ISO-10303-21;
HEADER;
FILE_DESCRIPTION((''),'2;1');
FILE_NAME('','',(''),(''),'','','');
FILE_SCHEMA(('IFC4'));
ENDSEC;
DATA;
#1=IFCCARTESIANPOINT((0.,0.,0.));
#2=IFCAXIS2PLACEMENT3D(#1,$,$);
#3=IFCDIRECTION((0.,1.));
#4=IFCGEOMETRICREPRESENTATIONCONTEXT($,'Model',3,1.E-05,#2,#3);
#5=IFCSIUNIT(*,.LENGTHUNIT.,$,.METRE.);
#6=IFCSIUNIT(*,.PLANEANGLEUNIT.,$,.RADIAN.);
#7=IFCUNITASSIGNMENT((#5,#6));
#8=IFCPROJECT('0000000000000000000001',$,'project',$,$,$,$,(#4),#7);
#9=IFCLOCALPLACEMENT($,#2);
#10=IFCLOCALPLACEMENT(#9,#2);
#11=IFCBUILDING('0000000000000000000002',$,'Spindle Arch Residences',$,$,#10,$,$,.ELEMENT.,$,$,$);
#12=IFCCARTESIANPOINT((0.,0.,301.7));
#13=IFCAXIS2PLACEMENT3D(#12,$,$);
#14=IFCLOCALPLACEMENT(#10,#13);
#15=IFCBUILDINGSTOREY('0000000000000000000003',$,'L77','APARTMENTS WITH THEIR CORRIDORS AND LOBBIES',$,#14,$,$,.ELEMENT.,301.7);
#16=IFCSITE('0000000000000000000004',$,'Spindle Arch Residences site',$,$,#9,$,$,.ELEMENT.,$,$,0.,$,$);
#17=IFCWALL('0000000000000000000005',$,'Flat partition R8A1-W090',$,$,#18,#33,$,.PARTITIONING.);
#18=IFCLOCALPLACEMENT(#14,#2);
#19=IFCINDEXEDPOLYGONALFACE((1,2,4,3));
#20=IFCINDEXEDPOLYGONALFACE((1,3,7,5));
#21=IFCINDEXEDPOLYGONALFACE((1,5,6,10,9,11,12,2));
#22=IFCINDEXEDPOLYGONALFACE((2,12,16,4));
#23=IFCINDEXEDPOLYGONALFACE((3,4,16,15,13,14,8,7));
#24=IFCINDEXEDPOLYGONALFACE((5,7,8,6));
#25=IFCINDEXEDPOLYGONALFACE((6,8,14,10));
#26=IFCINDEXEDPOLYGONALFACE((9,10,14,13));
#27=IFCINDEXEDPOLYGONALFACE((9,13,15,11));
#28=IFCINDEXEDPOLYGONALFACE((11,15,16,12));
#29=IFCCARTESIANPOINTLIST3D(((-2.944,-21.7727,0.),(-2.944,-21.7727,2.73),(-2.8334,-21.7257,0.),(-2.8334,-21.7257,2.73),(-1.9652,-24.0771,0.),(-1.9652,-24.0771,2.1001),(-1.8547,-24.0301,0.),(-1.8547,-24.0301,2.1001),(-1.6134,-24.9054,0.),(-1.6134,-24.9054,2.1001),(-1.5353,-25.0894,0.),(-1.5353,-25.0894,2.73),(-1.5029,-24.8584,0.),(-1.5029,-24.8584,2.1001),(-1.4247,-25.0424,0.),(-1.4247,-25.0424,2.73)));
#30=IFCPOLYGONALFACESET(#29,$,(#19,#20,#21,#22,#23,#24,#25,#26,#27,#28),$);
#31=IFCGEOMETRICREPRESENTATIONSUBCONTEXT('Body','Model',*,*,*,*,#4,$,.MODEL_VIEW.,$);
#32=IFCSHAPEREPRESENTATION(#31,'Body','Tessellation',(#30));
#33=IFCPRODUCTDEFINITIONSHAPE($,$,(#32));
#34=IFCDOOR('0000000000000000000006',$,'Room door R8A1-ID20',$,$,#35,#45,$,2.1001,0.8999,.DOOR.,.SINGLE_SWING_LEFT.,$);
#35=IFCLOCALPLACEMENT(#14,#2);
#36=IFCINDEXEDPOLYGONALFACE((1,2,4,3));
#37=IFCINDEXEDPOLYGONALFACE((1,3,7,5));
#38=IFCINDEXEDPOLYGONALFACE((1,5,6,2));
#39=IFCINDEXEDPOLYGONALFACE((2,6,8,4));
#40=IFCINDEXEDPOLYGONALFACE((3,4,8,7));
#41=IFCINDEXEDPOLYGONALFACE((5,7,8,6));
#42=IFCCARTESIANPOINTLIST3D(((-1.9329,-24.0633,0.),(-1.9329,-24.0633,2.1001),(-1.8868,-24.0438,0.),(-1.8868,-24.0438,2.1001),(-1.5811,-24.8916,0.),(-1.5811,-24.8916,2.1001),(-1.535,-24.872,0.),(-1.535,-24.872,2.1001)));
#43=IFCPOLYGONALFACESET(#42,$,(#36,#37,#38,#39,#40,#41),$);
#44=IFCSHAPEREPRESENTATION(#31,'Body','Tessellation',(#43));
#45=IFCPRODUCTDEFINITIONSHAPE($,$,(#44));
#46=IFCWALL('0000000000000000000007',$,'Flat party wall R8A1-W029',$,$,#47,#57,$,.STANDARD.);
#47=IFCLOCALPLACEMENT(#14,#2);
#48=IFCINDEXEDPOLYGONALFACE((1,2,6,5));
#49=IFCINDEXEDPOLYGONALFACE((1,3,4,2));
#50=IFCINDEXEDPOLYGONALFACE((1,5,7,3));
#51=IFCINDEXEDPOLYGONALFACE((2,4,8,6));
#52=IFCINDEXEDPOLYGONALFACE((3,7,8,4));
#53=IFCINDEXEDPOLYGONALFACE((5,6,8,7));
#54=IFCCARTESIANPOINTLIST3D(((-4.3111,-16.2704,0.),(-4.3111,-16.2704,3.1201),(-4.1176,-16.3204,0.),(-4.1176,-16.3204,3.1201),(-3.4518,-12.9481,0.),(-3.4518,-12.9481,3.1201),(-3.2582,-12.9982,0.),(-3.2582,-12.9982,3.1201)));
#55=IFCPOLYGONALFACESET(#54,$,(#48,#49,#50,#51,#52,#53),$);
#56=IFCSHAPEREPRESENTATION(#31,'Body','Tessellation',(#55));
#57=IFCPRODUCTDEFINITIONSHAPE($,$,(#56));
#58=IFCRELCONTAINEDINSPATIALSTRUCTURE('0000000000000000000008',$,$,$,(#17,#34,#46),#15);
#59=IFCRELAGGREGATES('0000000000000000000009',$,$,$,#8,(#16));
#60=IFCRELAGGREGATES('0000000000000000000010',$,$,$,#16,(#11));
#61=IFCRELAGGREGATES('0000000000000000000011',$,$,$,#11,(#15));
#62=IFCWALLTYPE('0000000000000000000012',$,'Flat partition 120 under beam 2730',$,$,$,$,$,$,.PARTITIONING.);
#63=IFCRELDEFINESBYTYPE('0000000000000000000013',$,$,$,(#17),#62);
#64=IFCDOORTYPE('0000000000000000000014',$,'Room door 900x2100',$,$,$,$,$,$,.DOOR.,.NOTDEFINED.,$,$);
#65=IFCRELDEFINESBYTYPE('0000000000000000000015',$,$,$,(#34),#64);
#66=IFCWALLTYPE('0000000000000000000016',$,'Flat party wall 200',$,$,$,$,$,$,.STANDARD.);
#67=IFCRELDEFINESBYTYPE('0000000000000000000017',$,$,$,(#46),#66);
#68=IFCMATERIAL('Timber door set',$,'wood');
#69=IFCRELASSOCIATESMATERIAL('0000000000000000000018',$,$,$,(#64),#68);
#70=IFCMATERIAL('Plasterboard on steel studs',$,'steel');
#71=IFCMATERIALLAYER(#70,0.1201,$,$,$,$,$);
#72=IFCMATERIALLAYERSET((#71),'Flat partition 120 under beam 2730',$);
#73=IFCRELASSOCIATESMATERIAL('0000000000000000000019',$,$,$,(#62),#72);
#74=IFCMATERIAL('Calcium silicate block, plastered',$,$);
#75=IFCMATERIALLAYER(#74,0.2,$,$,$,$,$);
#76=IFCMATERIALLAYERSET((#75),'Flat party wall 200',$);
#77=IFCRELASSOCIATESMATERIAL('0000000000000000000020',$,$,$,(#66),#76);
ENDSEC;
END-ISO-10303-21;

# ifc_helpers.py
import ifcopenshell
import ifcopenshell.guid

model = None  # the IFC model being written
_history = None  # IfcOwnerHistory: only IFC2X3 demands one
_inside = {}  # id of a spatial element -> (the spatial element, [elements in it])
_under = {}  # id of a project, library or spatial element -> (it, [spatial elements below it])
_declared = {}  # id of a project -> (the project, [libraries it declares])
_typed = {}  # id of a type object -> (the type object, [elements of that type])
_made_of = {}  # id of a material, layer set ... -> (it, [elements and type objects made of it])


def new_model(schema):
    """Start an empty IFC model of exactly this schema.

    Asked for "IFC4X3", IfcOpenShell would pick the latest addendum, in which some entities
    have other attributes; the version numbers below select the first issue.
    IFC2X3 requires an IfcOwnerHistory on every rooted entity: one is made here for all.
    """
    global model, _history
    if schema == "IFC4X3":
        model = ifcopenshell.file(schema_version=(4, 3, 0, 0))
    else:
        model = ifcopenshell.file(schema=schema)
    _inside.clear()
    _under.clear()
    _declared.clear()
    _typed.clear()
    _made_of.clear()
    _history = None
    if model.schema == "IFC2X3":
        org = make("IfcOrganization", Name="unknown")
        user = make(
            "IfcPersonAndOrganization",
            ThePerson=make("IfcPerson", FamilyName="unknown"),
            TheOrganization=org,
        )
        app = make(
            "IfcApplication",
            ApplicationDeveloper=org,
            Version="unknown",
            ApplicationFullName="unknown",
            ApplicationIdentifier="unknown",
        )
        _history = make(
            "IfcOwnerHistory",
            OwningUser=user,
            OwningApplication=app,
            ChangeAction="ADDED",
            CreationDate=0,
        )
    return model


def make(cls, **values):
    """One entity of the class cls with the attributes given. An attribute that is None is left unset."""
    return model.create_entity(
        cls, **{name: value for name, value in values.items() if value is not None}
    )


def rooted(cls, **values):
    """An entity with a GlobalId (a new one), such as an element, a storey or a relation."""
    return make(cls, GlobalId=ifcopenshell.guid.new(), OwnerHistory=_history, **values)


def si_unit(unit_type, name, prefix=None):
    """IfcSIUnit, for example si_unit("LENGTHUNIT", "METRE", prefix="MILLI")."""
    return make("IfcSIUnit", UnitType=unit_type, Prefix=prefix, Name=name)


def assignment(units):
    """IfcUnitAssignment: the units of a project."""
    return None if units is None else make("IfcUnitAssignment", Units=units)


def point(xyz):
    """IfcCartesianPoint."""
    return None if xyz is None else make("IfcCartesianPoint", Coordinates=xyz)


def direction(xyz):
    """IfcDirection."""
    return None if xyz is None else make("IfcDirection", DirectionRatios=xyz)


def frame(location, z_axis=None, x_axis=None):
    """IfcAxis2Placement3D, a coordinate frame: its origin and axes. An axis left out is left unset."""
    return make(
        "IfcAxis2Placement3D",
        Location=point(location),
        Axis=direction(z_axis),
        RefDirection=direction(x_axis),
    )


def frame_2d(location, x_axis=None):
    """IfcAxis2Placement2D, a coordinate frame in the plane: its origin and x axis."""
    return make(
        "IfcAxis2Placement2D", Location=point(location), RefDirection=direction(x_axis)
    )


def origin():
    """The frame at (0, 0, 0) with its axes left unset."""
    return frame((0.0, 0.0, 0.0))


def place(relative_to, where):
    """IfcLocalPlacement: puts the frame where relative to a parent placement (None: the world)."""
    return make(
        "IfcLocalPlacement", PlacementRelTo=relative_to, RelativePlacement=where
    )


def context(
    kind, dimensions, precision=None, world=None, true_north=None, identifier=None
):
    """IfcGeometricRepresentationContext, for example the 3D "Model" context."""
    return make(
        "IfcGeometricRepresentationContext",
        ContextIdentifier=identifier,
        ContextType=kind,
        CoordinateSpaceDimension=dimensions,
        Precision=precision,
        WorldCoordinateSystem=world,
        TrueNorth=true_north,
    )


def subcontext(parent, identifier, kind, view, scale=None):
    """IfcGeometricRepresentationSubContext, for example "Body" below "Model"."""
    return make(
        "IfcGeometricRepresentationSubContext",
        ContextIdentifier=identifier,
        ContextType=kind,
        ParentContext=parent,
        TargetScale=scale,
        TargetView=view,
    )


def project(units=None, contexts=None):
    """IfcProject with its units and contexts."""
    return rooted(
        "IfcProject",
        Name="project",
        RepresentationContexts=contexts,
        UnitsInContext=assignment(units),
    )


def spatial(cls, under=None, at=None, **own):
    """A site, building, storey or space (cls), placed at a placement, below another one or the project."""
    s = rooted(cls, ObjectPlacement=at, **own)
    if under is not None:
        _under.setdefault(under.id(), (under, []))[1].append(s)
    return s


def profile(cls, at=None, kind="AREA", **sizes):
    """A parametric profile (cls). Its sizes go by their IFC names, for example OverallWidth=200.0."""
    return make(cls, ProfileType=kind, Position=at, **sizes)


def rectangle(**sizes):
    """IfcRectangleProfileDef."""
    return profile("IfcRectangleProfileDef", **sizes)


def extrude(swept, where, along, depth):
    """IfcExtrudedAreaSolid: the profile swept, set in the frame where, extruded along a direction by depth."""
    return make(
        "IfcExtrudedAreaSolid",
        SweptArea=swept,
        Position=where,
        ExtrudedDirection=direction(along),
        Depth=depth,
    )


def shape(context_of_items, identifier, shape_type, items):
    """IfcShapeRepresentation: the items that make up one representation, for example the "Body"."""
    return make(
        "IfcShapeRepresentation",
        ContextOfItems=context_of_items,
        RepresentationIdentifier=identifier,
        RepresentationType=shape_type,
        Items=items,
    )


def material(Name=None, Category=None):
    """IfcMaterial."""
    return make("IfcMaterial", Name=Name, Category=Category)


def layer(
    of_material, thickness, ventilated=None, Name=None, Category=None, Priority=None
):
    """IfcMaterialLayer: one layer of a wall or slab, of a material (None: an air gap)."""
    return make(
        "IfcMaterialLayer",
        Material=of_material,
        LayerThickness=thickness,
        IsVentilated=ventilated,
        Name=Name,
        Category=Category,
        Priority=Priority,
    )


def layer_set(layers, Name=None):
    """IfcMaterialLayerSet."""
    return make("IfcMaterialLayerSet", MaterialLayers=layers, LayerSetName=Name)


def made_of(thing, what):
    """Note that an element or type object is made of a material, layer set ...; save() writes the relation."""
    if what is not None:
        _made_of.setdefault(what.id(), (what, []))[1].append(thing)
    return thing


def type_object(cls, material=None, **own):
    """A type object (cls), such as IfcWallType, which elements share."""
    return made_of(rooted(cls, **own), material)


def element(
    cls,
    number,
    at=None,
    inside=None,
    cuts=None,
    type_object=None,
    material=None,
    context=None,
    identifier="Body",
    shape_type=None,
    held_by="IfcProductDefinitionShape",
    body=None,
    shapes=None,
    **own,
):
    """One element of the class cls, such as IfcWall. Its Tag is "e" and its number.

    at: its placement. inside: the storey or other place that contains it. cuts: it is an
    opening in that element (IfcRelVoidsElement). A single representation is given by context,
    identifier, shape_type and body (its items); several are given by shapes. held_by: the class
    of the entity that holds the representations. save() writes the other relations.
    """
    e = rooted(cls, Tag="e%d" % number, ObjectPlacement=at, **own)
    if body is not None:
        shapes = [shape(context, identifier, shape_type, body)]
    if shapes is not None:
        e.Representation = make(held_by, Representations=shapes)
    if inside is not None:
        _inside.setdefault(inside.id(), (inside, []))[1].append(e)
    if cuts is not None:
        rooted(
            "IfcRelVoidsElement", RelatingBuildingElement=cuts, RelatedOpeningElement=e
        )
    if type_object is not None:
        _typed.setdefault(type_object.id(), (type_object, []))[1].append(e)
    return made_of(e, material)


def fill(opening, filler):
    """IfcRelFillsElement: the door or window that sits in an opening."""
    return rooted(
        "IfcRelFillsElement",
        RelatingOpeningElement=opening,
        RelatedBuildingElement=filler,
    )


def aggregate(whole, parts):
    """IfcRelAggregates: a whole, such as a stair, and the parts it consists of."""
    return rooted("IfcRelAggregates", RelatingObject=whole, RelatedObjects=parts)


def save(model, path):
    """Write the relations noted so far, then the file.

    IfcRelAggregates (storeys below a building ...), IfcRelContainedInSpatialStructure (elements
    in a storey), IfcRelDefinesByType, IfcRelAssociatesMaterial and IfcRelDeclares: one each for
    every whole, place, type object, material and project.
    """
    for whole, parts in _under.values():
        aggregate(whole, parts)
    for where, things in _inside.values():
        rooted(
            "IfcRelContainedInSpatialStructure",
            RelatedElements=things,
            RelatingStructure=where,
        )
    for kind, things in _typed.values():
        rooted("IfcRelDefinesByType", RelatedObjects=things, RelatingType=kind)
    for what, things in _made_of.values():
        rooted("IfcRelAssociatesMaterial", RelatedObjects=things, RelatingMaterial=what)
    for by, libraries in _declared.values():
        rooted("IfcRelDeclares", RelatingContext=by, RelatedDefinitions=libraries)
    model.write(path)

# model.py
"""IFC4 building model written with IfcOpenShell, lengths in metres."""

from ifc_helpers import new_model, si_unit, direction, frame, frame_2d, origin, place, context, subcontext, project, spatial, rectangle, extrude, material, layer, layer_set, type_object, element, fill, save


model = new_model("IFC4")

# Units and contexts
model_context = context("Model", 3, precision=1e-05, world=origin(), true_north=direction((0.0, 1.0)))
body_context = subcontext(model_context, "Body", "Model", "MODEL_VIEW")
ifc_project = project(units=[si_unit("LENGTHUNIT", "METRE"), si_unit("PLANEANGLEUNIT", "RADIAN")], contexts=[model_context])

# Site, building, storey
site_placement = place(None, origin())
site = spatial("IfcSite", under=ifc_project, at=site_placement, Name="Spindle Arch Residences site", CompositionType="ELEMENT", RefElevation=0.0)
building_placement = place(site_placement, origin())
building = spatial("IfcBuilding", under=site, at=building_placement, Name="Spindle Arch Residences", CompositionType="ELEMENT")
storey_placement = place(building_placement, frame((0.0, 0.0, 301.7)))
storey = spatial("IfcBuildingStorey", under=building, at=storey_placement, Name="L77", Description="APARTMENTS WITH THEIR CORRIDORS AND LOBBIES", CompositionType="ELEMENT", Elevation=301.7)

# Shared definitions
ifc_material_1 = material(Name="Timber door set", Category="wood")
door_type = type_object("IfcDoorType", Name="Room door 900x2100", OperationType="NOTDEFINED", PredefinedType="DOOR", material=ifc_material_1)

# Wall, opening, door
ifc_material_2 = material(Name="Plasterboard on steel studs", Category="steel")
ifc_layer_1 = layer(ifc_material_2, 0.1201)
ifc_layer_set_1 = layer_set([ifc_layer_1], Name="Flat partition 120 under beam 2730")
wall_type_1 = type_object("IfcWallType", Name="Flat partition 120 under beam 2730", PredefinedType="PARTITIONING", material=ifc_layer_set_1)
wall_1_placement = place(storey_placement, frame((-1.48, -25.0659, 0.0), z_axis=(0.0, 0.0, 1.0), x_axis=(-0.390933, 0.920419, 0.0)))
wall_1 = element("IfcWall", 1, at=wall_1_placement, inside=storey, type_object=wall_type_1, Name="Flat partition R8A1-W090", PredefinedType="PARTITIONING", context=body_context, shape_type="SweptSolid", body=[
    extrude(rectangle(XDim=3.6035, YDim=0.1201, at=frame_2d((1.8018, 0.0))), origin(), (0.0, 0.0, 1.0), 2.73),
])
opening_1_placement = place(wall_1_placement, frame((0.2, 0.0, 0.0)))
opening_1 = element("IfcOpeningElement", 2, at=opening_1_placement, cuts=wall_1, PredefinedType="OPENING", context=body_context, shape_type="SweptSolid", body=[
    extrude(rectangle(XDim=0.8999, YDim=2.1001, at=frame_2d((0.45, 1.05))), frame((0.0, 0.0701, 0.0), z_axis=(0.0, -1.0, 0.0), x_axis=(1.0, 0.0, 0.0)), (0.0, 0.0, 1.0), 0.1401),
])
door_1_placement = place(opening_1_placement, origin())
door_1 = element("IfcDoor", 3, at=door_1_placement, inside=storey, type_object=door_type, Name="Room door R8A1-ID20", OperationType="SINGLE_SWING_LEFT", OverallHeight=2.1001, OverallWidth=0.8999, PredefinedType="DOOR", context=body_context, shape_type="SweptSolid", body=[
    extrude(rectangle(XDim=0.8999, YDim=2.1001, at=frame_2d((0.45, 1.05))), frame((0.0, 0.0249, 0.0), z_axis=(0.0, -1.0, 0.0), x_axis=(1.0, 0.0, 0.0)), (0.0, 0.0, 1.0), 0.05),
])
fill(opening_1, door_1)

# Wall
ifc_material_3 = material(Name="Calcium silicate block, plastered")
ifc_layer_2 = layer(ifc_material_3, 0.2)
ifc_layer_set_2 = layer_set([ifc_layer_2], Name="Flat party wall 200")
wall_type_2 = type_object("IfcWallType", Name="Flat party wall 200", PredefinedType="STANDARD", material=ifc_layer_set_2)
wall_2_placement = place(storey_placement, frame((-4.2144, -16.2954, 0.0), z_axis=(0.0, 0.0, 1.0), x_axis=(0.250429, 0.968135, 0.0)))
element("IfcWall", 4, at=wall_2_placement, inside=storey, type_object=wall_type_2, Name="Flat party wall R8A1-W029", PredefinedType="STANDARD", context=body_context, shape_type="SweptSolid", body=[
    extrude(rectangle(XDim=3.4316, YDim=0.2, at=frame_2d((1.7158, 0.0))), origin(), (0.0, 0.0, 1.0), 3.1201),
])

save(model, "model.ifc")
